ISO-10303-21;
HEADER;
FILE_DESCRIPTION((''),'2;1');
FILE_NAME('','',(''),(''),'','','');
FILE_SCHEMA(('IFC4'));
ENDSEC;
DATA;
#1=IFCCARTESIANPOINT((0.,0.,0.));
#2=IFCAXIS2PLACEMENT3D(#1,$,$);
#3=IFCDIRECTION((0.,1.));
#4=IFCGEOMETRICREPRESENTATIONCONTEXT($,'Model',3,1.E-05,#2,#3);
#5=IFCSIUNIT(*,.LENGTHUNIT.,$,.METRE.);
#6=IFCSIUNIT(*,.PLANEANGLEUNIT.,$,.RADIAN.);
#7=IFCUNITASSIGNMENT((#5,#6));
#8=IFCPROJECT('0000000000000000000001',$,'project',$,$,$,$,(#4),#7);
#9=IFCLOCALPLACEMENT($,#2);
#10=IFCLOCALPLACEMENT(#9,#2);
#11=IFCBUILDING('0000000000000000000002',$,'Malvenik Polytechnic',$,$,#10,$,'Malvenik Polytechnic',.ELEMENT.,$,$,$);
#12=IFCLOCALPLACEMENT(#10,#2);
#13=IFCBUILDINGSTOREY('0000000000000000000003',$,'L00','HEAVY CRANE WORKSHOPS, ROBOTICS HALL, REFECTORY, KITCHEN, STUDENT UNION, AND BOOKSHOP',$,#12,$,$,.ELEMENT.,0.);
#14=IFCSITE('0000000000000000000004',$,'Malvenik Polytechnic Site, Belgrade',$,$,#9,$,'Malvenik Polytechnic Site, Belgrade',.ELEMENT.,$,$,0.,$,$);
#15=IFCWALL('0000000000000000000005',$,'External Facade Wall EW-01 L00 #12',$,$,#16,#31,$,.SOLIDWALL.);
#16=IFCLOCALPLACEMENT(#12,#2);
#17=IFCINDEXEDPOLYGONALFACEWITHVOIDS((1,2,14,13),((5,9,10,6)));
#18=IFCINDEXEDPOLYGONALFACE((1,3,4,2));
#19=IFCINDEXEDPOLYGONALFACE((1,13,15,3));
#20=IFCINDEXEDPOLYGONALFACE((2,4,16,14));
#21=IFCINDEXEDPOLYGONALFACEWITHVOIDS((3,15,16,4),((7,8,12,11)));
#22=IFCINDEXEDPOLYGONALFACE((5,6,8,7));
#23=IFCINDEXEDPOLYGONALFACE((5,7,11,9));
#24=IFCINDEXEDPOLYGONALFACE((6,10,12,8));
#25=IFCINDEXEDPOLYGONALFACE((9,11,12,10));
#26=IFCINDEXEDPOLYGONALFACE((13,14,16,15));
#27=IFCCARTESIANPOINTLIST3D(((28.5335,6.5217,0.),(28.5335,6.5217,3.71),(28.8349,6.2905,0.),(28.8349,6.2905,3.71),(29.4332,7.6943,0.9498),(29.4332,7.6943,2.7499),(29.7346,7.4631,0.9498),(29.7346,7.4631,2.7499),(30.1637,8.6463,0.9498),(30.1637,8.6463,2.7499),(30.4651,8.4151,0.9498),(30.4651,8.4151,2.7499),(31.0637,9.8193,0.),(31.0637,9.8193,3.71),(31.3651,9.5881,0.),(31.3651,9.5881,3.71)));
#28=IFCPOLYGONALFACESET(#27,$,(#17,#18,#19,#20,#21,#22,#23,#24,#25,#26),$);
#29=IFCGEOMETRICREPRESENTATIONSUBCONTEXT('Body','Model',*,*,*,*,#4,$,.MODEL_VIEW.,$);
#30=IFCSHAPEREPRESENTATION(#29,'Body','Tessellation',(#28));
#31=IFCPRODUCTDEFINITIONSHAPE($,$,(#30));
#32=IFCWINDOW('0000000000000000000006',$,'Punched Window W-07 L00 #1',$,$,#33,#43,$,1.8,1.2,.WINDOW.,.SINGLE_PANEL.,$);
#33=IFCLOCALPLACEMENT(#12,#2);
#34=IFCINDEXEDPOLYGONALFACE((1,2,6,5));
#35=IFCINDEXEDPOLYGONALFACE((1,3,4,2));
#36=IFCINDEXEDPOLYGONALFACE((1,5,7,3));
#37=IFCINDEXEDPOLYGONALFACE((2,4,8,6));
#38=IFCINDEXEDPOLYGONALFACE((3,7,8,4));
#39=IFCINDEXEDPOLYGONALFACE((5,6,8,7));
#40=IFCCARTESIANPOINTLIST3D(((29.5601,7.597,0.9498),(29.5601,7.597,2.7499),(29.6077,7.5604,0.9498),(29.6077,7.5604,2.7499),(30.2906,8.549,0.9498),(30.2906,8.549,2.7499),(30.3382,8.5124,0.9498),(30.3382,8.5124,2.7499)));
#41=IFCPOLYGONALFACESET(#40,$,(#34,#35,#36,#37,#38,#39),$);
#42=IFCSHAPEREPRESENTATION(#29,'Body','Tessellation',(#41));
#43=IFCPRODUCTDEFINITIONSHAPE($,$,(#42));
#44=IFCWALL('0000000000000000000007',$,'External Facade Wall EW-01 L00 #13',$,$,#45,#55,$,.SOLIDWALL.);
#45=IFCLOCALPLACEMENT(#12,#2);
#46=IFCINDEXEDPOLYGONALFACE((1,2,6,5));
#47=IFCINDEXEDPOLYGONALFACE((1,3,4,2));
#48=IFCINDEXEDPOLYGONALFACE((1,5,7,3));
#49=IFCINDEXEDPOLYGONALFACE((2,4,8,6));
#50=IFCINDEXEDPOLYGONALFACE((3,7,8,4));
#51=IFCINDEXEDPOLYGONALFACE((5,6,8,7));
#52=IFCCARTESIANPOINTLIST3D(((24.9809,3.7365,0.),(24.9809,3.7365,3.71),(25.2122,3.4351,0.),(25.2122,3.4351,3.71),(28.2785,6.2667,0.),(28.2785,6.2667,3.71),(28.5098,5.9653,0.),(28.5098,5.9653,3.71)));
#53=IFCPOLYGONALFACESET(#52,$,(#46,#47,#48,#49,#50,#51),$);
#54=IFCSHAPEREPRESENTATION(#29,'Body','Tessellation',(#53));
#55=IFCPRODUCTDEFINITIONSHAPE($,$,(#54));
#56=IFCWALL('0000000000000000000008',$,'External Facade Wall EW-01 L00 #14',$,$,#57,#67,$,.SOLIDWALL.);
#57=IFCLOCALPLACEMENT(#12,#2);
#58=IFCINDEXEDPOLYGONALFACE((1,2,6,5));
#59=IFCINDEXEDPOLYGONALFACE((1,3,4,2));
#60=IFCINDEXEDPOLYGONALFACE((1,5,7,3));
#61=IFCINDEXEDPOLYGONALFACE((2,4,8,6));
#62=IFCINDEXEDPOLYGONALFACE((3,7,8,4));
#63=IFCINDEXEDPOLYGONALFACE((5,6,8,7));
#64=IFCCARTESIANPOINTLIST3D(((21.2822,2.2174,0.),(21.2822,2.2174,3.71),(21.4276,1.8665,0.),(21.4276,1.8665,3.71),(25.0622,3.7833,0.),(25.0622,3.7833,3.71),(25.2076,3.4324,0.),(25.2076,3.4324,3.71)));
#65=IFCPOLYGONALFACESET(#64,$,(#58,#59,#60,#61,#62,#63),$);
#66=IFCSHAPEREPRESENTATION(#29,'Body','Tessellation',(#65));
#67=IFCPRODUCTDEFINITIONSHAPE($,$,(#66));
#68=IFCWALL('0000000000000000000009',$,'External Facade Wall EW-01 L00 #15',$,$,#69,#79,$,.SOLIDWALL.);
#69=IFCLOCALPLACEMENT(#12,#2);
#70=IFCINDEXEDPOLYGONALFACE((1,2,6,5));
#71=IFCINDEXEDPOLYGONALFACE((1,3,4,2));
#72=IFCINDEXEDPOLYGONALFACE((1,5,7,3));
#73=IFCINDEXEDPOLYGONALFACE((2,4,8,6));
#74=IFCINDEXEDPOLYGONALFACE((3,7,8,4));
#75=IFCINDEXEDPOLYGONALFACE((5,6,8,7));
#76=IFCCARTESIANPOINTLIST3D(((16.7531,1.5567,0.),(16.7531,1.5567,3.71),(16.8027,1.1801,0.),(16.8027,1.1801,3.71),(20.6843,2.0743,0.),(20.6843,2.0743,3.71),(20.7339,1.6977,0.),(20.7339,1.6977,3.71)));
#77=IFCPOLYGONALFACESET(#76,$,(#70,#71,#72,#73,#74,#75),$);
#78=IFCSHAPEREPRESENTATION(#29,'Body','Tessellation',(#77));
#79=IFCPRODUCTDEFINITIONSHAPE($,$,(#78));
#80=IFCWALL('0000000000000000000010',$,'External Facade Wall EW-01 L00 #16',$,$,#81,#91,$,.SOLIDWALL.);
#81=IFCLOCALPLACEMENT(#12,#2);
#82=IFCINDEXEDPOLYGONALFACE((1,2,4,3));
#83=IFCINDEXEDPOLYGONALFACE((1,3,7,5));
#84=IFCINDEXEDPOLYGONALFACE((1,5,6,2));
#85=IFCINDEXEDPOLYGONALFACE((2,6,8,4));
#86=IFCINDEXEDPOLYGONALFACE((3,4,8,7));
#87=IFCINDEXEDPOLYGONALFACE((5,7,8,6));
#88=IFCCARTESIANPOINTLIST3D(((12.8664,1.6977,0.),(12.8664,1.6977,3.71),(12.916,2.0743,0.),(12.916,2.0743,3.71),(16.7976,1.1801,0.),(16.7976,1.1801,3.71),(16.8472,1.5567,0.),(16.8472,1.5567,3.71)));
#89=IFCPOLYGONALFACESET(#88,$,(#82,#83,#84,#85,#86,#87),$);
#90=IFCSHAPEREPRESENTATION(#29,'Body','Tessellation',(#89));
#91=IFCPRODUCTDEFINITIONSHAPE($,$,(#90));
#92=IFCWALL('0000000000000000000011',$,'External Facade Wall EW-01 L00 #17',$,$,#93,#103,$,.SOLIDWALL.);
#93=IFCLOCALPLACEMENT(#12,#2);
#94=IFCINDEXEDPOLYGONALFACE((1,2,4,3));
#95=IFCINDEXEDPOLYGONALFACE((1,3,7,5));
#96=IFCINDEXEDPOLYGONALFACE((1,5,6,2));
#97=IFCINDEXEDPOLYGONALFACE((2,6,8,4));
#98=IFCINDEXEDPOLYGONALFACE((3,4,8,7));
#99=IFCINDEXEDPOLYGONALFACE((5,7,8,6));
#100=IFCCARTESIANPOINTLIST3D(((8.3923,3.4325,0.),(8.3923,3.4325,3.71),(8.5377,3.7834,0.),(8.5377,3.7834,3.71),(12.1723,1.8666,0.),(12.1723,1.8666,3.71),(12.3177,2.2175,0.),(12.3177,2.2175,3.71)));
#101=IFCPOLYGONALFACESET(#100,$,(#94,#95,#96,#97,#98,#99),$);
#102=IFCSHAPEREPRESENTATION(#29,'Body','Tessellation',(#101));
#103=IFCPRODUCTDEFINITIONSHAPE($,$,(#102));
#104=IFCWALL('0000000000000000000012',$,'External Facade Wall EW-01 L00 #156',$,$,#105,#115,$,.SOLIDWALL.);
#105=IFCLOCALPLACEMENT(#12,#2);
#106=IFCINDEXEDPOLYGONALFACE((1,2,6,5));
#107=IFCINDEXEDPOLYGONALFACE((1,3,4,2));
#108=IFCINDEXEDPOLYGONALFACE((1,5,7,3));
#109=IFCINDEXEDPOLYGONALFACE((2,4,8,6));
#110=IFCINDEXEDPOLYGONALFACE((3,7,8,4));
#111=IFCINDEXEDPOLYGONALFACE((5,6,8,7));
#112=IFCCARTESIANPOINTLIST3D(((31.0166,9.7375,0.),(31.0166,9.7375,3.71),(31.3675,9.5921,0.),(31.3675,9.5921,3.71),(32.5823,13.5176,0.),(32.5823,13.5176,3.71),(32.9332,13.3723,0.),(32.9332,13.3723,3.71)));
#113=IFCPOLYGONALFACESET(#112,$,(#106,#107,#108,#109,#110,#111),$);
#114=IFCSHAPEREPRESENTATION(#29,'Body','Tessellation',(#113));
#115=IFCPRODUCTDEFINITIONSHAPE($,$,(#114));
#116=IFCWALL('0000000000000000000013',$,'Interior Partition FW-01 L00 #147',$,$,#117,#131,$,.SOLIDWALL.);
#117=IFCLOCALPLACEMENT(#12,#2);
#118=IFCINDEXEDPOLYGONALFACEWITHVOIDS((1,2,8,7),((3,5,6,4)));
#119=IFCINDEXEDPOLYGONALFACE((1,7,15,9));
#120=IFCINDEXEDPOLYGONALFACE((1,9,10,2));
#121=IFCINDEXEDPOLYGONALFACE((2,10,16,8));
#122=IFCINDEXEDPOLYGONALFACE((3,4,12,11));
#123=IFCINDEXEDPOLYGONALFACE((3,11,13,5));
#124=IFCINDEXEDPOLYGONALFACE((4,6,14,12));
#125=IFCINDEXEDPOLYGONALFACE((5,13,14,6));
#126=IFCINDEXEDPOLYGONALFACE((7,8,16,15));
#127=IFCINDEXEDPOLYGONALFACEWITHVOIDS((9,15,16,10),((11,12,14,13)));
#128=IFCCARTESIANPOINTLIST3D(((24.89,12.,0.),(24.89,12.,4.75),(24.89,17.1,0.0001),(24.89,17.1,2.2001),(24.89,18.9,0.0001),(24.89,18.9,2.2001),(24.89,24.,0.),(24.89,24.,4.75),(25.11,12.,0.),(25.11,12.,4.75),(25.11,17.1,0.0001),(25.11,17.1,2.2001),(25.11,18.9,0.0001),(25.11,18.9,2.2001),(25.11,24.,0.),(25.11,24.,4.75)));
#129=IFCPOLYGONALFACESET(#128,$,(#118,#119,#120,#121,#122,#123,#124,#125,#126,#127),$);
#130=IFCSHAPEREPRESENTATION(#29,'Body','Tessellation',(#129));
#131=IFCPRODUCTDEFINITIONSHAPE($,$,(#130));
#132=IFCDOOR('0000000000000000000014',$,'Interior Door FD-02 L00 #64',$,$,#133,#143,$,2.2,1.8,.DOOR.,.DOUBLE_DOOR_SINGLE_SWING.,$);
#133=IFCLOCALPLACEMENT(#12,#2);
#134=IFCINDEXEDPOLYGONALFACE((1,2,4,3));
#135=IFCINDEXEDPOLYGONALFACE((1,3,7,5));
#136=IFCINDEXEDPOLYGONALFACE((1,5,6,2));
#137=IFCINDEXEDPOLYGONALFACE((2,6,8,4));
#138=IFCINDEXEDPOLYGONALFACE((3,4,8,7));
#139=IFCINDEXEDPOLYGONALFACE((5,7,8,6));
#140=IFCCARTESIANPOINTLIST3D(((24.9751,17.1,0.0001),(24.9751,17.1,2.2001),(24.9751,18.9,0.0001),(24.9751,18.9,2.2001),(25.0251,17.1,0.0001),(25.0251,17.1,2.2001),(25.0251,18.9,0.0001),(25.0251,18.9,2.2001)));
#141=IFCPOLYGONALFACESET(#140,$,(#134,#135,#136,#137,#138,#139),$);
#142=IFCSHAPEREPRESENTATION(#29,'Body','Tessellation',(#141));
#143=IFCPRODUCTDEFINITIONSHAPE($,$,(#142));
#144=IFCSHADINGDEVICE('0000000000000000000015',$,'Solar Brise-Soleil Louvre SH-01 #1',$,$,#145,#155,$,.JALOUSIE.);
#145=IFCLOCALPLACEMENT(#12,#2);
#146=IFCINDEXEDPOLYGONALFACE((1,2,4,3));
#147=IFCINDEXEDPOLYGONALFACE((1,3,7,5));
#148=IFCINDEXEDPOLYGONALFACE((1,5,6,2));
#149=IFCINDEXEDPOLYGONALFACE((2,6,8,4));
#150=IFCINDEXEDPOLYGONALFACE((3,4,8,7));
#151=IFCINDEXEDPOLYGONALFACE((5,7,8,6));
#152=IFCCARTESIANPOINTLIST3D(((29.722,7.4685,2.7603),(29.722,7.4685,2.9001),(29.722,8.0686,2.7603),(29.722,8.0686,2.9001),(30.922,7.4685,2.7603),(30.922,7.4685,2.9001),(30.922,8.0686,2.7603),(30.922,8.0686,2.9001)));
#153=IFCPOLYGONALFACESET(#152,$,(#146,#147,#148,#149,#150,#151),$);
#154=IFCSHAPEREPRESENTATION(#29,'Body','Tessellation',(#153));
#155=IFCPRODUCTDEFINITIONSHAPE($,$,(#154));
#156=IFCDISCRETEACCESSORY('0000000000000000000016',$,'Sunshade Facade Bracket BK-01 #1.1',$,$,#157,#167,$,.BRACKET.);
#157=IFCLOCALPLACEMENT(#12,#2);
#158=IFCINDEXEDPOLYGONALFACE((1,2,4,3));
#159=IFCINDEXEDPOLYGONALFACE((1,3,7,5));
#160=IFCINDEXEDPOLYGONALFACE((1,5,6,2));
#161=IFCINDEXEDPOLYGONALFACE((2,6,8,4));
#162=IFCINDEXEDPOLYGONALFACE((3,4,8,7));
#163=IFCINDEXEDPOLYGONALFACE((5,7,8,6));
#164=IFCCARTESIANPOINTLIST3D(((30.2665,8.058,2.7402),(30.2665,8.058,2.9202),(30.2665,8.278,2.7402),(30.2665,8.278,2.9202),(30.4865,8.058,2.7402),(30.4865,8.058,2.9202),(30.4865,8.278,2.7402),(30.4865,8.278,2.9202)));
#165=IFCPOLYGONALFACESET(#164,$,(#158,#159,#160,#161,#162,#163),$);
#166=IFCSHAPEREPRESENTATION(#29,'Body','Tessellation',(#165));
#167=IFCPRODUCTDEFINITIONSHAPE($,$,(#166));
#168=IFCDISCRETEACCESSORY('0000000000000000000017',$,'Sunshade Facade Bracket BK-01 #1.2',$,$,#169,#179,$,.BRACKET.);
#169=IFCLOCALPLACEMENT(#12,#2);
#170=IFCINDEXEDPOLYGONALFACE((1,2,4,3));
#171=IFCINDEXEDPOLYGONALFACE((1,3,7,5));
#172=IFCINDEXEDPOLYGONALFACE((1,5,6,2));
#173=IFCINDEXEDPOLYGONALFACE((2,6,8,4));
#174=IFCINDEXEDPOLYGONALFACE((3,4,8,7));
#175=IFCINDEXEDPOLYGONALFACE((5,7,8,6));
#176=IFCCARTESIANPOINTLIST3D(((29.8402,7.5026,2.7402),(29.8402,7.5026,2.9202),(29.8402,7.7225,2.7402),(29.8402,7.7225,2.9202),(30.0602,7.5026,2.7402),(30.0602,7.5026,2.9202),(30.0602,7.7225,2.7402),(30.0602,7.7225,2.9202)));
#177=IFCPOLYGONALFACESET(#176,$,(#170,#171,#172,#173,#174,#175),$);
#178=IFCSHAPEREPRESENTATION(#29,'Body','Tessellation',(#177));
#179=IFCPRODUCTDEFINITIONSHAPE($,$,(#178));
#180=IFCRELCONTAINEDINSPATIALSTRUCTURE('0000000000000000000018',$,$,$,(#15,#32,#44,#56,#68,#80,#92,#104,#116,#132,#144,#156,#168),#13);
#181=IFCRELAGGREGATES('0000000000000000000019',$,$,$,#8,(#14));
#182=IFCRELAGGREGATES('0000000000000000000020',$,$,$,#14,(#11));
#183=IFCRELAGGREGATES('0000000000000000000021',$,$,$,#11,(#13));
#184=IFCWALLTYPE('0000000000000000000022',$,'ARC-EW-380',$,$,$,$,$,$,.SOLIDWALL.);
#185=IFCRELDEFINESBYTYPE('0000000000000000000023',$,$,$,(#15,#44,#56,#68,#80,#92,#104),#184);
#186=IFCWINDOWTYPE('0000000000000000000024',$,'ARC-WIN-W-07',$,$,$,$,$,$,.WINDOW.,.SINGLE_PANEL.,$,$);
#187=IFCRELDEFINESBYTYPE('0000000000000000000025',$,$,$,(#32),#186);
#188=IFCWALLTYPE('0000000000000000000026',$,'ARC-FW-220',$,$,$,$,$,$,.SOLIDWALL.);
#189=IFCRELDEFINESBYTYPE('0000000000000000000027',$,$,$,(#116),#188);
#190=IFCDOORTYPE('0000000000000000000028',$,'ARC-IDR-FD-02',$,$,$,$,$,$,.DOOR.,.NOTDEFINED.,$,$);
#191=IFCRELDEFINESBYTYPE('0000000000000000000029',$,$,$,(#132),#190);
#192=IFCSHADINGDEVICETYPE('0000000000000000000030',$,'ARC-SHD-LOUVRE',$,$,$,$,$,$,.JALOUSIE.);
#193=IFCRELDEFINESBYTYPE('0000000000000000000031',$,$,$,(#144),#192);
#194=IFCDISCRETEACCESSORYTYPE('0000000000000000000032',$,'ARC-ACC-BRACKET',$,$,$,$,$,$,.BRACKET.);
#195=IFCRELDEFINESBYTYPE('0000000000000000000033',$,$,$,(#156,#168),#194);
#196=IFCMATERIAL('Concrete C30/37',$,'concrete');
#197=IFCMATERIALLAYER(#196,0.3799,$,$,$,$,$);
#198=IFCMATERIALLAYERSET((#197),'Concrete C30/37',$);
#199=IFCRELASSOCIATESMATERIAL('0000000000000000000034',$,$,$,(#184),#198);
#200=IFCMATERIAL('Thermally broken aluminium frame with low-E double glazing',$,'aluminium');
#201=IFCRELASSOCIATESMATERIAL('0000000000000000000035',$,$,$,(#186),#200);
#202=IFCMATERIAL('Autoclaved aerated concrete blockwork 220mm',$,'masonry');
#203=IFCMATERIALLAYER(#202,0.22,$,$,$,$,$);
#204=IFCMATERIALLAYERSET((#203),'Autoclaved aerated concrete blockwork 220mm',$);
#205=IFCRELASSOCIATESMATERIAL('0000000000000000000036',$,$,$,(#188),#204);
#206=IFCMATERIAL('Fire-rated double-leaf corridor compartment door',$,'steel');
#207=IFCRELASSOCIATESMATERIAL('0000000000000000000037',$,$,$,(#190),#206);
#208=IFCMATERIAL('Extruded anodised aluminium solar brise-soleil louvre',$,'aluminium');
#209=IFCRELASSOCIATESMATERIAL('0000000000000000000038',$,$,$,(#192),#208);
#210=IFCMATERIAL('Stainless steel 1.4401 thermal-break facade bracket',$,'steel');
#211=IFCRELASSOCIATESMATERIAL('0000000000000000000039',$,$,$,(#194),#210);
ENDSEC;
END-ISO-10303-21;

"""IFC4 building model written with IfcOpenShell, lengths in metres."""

from ifc_helpers import new_model, si_unit, direction, frame, frame_2d, origin, origin_2d, place, context, subcontext, project, spatial, rectangle, extrude, material, layer, layer_set, type_object, element, fill, save


model = new_model("IFC4")

# Units and contexts
model_context = context("Model", 3, precision=1e-05, world=origin(), true_north=direction((0.0, 1.0)))
body_context = subcontext(model_context, "Body", "Model", "MODEL_VIEW")
ifc_project = project(units=[si_unit("LENGTHUNIT", "METRE"), si_unit("PLANEANGLEUNIT", "RADIAN")], contexts=[model_context])

# Site, building, storey
site_placement = place(None, origin())
site = spatial("IfcSite", under=ifc_project, at=site_placement, Name="Malvenik Polytechnic Site, Belgrade", LongName="Malvenik Polytechnic Site, Belgrade", CompositionType="ELEMENT", RefElevation=0.0)
building_placement = place(site_placement, origin())
building = spatial("IfcBuilding", under=site, at=building_placement, Name="Malvenik Polytechnic", LongName="Malvenik Polytechnic", CompositionType="ELEMENT")
storey_placement = place(building_placement, origin())
storey = spatial("IfcBuildingStorey", under=building, at=storey_placement, Name="L00", Description="HEAVY CRANE WORKSHOPS, ROBOTICS HALL, REFECTORY, KITCHEN, STUDENT UNION, AND BOOKSHOP", CompositionType="ELEMENT", Elevation=0.0)

# Wall, opening, window
ifc_material_1 = material(Name="Concrete C30/37", Category="concrete")
ifc_layer_1 = layer(ifc_material_1, 0.3799)
ifc_layer_set_1 = layer_set([ifc_layer_1], Name="Concrete C30/37")
wall_type_1 = type_object("IfcWallType", Name="ARC-EW-380", PredefinedType="SOLIDWALL", material=ifc_layer_set_1)
wall_1_placement = place(storey_placement, frame((31.2144, 9.7036, 0.0), z_axis=(0.0, 0.0, 1.0), x_axis=(-0.608751, -0.793361, 0.0)))
wall_1 = element("IfcWall", 1, at=wall_1_placement, inside=storey, type_object=wall_type_1, Name="External Facade Wall EW-01 L00 #12", PredefinedType="SOLIDWALL", context=body_context, shape_type="SweptSolid", body=[
    extrude(rectangle(XDim=4.1565, YDim=0.3799, at=frame_2d((2.0781, 0.0))), origin(), (0.0, 0.0, 1.0), 3.71),
])
opening_1_placement = place(wall_1_placement, frame((1.4783, 0.0, 0.95)))
opening_1 = element("IfcOpeningElement", 2, at=opening_1_placement, cuts=wall_1, PredefinedType="OPENING", context=body_context, shape_type="SweptSolid", body=[
    extrude(rectangle(XDim=1.2, YDim=1.8, at=frame_2d((0.6001, 0.8999))), frame((0.0, 0.2, 0.0), z_axis=(0.0, -1.0, 0.0), x_axis=(1.0, 0.0, 0.0)), (0.0, 0.0, 1.0), 0.3999),
])
ifc_material_2 = material(Name="Thermally broken aluminium frame with low-E double glazing", Category="aluminium")
window_type = type_object("IfcWindowType", Name="ARC-WIN-W-07", PartitioningType="SINGLE_PANEL", PredefinedType="WINDOW", material=ifc_material_2)
window_placement = place(opening_1_placement, origin())
window = element("IfcWindow", 3, at=window_placement, inside=storey, type_object=window_type, Name="Punched Window W-07 L00 #1", OverallHeight=1.8, OverallWidth=1.2, PartitioningType="SINGLE_PANEL", PredefinedType="WINDOW", context=body_context, shape_type="SweptSolid", body=[
    extrude(rectangle(XDim=1.2, YDim=1.8, at=frame_2d((0.6001, 0.8999))), frame((0.0, 0.03, 0.0), z_axis=(0.0, -1.0, 0.0), x_axis=(1.0, 0.0, 0.0)), (0.0, 0.0, 1.0), 0.0601),
])
fill(opening_1, window)

# Walls
wall_2_placement = place(storey_placement, frame((28.394, 6.116, 0.0), z_axis=(0.0, 0.0, 1.0), x_axis=(-0.793361, -0.608751, 0.0)))
element("IfcWall", 4, at=wall_2_placement, inside=storey, type_object=wall_type_1, Name="External Facade Wall EW-01 L00 #13", PredefinedType="SOLIDWALL", context=body_context, shape_type="SweptSolid", body=[
    extrude(rectangle(XDim=4.1565, YDim=0.3799, at=frame_2d((2.0781, 0.0))), origin(), (0.0, 0.0, 1.0), 3.71),
])
wall_3_placement = place(storey_placement, frame((25.135, 3.6079, 0.0), z_axis=(0.0, 0.0, 1.0), x_axis=(-0.923864, -0.382721, 0.0)))
element("IfcWall", 5, at=wall_3_placement, inside=storey, type_object=wall_type_1, Name="External Facade Wall EW-01 L00 #14", PredefinedType="SOLIDWALL", context=body_context, shape_type="SweptSolid", body=[
    extrude(rectangle(XDim=4.0916, YDim=0.3799, at=frame_2d((2.0459, 0.0))), origin(), (0.0, 0.0, 1.0), 3.71),
])
for number, where, z_axis, x_axis, name in (
    (6, (20.709, 1.886, 0.0), (0.0, 0.0, 1.0), (-0.991444, -0.130534, 0.0), "External Facade Wall EW-01 L00 #15"),
    (7, (16.8223, 1.3684, 0.0), (0.0, 0.0, 1.0), (-0.991444, 0.130534, 0.0), "External Facade Wall EW-01 L00 #16"),
):
    element("IfcWall", number, at=place(storey_placement, frame(where, z_axis=z_axis, x_axis=x_axis)), inside=storey, type_object=wall_type_1, Name=name, PredefinedType="SOLIDWALL", context=body_context, shape_type="SweptSolid", body=[
        extrude(rectangle(XDim=3.9651, YDim=0.3799, at=frame_2d((1.9824, 0.0))), origin(), (0.0, 0.0, 1.0), 3.71),
    ])
for number, where, z_axis, x_axis, name in (
    (8, (12.2451, 2.042, 0.0), (0.0, 0.0, 1.0), (-0.923864, 0.382721, 0.0), "External Facade Wall EW-01 L00 #17"),
    (9, (32.7578, 13.4451, 0.0), (0.0, 0.0, 1.0), (-0.38267, -0.923885, 0.0), "External Facade Wall EW-01 L00 #156"),
):
    element("IfcWall", number, at=place(storey_placement, frame(where, z_axis=z_axis, x_axis=x_axis)), inside=storey, type_object=wall_type_1, Name=name, PredefinedType="SOLIDWALL", context=body_context, shape_type="SweptSolid", body=[
        extrude(rectangle(XDim=4.0916, YDim=0.3799, at=frame_2d((2.0459, 0.0))), origin(), (0.0, 0.0, 1.0), 3.71),
    ])

# Wall, opening, door
ifc_material_3 = material(Name="Autoclaved aerated concrete blockwork 220mm", Category="masonry")
ifc_layer_2 = layer(ifc_material_3, 0.22)
ifc_layer_set_2 = layer_set([ifc_layer_2], Name="Autoclaved aerated concrete blockwork 220mm")
wall_type_2 = type_object("IfcWallType", Name="ARC-FW-220", PredefinedType="SOLIDWALL", material=ifc_layer_set_2)
wall_4_placement = place(storey_placement, frame((25.0, 12.0, 0.0), z_axis=(0.0, 0.0, 1.0), x_axis=(0.0, 1.0, 0.0)))
wall_4 = element("IfcWall", 10, at=wall_4_placement, inside=storey, type_object=wall_type_2, Name="Interior Partition FW-01 L00 #147", PredefinedType="SOLIDWALL", context=body_context, shape_type="SweptSolid", body=[
    extrude(rectangle(XDim=12.0, YDim=0.22, at=frame_2d((6.0, 0.0))), origin(), (0.0, 0.0, 1.0), 4.75),
])
opening_2_placement = place(wall_4_placement, frame((5.1001, 0.0, 0.0)))
opening_2 = element("IfcOpeningElement", 11, at=opening_2_placement, cuts=wall_4, PredefinedType="OPENING", context=body_context, shape_type="SweptSolid", body=[
    extrude(rectangle(XDim=1.8, YDim=2.2, at=frame_2d((0.8999, 1.1001))), frame((0.0, 0.1201, 0.0), z_axis=(0.0, -1.0, 0.0), x_axis=(1.0, 0.0, 0.0)), (0.0, 0.0, 1.0), 0.24),
])
ifc_material_4 = material(Name="Fire-rated double-leaf corridor compartment door", Category="steel")
door_type = type_object("IfcDoorType", Name="ARC-IDR-FD-02", OperationType="NOTDEFINED", PredefinedType="DOOR", material=ifc_material_4)
door_placement = place(opening_2_placement, origin())
door = element("IfcDoor", 12, at=door_placement, inside=storey, type_object=door_type, Name="Interior Door FD-02 L00 #64", OperationType="DOUBLE_DOOR_SINGLE_SWING", OverallHeight=2.2, OverallWidth=1.8, PredefinedType="DOOR", context=body_context, shape_type="SweptSolid", body=[
    extrude(rectangle(XDim=1.8, YDim=2.2, at=frame_2d((0.8999, 1.1001))), frame((0.0, 0.0249, 0.0), z_axis=(0.0, -1.0, 0.0), x_axis=(1.0, 0.0, 0.0)), (0.0, 0.0, 1.0), 0.05),
])
fill(opening_2, door)

# Shading device
ifc_material_5 = material(Name="Extruded anodised aluminium solar brise-soleil louvre", Category="aluminium")
shading_device_type = type_object("IfcShadingDeviceType", Name="ARC-SHD-LOUVRE", PredefinedType="JALOUSIE", material=ifc_material_5)
shading_device_placement = place(storey_placement, frame((30.322, 7.7686, 2.7603), z_axis=(0.0, 0.0, 1.0), x_axis=(1.0, 0.0, 0.0)))
element("IfcShadingDevice", 13, at=shading_device_placement, inside=storey, type_object=shading_device_type, Name="Solar Brise-Soleil Louvre SH-01 #1", PredefinedType="JALOUSIE", context=body_context, shape_type="SweptSolid", body=[
    extrude(rectangle(XDim=1.2, YDim=0.6001, at=origin_2d()), origin(), (0.0, 0.0, 1.0), 0.1399),
])

# Discrete accessories
ifc_material_6 = material(Name="Stainless steel 1.4401 thermal-break facade bracket", Category="steel")
discrete_accessory_type = type_object("IfcDiscreteAccessoryType", Name="ARC-ACC-BRACKET", PredefinedType="BRACKET", material=ifc_material_6)
for number, where, z_axis, x_axis, name in (
    (14, (30.3765, 8.168, 2.7402), (0.0, 0.0, 1.0), (1.0, 0.0, 0.0), "Sunshade Facade Bracket BK-01 #1.1"),
    (15, (29.9502, 7.6125, 2.7402), (0.0, 0.0, 1.0), (1.0, 0.0, 0.0), "Sunshade Facade Bracket BK-01 #1.2"),
):
    element("IfcDiscreteAccessory", number, at=place(storey_placement, frame(where, z_axis=z_axis, x_axis=x_axis)), inside=storey, type_object=discrete_accessory_type, Name=name, PredefinedType="BRACKET", context=body_context, shape_type="SweptSolid", body=[
        extrude(rectangle(XDim=0.22, YDim=0.22, at=origin_2d()), origin(), (0.0, 0.0, 1.0), 0.1799),
    ])

save(model, "model.ifc")
